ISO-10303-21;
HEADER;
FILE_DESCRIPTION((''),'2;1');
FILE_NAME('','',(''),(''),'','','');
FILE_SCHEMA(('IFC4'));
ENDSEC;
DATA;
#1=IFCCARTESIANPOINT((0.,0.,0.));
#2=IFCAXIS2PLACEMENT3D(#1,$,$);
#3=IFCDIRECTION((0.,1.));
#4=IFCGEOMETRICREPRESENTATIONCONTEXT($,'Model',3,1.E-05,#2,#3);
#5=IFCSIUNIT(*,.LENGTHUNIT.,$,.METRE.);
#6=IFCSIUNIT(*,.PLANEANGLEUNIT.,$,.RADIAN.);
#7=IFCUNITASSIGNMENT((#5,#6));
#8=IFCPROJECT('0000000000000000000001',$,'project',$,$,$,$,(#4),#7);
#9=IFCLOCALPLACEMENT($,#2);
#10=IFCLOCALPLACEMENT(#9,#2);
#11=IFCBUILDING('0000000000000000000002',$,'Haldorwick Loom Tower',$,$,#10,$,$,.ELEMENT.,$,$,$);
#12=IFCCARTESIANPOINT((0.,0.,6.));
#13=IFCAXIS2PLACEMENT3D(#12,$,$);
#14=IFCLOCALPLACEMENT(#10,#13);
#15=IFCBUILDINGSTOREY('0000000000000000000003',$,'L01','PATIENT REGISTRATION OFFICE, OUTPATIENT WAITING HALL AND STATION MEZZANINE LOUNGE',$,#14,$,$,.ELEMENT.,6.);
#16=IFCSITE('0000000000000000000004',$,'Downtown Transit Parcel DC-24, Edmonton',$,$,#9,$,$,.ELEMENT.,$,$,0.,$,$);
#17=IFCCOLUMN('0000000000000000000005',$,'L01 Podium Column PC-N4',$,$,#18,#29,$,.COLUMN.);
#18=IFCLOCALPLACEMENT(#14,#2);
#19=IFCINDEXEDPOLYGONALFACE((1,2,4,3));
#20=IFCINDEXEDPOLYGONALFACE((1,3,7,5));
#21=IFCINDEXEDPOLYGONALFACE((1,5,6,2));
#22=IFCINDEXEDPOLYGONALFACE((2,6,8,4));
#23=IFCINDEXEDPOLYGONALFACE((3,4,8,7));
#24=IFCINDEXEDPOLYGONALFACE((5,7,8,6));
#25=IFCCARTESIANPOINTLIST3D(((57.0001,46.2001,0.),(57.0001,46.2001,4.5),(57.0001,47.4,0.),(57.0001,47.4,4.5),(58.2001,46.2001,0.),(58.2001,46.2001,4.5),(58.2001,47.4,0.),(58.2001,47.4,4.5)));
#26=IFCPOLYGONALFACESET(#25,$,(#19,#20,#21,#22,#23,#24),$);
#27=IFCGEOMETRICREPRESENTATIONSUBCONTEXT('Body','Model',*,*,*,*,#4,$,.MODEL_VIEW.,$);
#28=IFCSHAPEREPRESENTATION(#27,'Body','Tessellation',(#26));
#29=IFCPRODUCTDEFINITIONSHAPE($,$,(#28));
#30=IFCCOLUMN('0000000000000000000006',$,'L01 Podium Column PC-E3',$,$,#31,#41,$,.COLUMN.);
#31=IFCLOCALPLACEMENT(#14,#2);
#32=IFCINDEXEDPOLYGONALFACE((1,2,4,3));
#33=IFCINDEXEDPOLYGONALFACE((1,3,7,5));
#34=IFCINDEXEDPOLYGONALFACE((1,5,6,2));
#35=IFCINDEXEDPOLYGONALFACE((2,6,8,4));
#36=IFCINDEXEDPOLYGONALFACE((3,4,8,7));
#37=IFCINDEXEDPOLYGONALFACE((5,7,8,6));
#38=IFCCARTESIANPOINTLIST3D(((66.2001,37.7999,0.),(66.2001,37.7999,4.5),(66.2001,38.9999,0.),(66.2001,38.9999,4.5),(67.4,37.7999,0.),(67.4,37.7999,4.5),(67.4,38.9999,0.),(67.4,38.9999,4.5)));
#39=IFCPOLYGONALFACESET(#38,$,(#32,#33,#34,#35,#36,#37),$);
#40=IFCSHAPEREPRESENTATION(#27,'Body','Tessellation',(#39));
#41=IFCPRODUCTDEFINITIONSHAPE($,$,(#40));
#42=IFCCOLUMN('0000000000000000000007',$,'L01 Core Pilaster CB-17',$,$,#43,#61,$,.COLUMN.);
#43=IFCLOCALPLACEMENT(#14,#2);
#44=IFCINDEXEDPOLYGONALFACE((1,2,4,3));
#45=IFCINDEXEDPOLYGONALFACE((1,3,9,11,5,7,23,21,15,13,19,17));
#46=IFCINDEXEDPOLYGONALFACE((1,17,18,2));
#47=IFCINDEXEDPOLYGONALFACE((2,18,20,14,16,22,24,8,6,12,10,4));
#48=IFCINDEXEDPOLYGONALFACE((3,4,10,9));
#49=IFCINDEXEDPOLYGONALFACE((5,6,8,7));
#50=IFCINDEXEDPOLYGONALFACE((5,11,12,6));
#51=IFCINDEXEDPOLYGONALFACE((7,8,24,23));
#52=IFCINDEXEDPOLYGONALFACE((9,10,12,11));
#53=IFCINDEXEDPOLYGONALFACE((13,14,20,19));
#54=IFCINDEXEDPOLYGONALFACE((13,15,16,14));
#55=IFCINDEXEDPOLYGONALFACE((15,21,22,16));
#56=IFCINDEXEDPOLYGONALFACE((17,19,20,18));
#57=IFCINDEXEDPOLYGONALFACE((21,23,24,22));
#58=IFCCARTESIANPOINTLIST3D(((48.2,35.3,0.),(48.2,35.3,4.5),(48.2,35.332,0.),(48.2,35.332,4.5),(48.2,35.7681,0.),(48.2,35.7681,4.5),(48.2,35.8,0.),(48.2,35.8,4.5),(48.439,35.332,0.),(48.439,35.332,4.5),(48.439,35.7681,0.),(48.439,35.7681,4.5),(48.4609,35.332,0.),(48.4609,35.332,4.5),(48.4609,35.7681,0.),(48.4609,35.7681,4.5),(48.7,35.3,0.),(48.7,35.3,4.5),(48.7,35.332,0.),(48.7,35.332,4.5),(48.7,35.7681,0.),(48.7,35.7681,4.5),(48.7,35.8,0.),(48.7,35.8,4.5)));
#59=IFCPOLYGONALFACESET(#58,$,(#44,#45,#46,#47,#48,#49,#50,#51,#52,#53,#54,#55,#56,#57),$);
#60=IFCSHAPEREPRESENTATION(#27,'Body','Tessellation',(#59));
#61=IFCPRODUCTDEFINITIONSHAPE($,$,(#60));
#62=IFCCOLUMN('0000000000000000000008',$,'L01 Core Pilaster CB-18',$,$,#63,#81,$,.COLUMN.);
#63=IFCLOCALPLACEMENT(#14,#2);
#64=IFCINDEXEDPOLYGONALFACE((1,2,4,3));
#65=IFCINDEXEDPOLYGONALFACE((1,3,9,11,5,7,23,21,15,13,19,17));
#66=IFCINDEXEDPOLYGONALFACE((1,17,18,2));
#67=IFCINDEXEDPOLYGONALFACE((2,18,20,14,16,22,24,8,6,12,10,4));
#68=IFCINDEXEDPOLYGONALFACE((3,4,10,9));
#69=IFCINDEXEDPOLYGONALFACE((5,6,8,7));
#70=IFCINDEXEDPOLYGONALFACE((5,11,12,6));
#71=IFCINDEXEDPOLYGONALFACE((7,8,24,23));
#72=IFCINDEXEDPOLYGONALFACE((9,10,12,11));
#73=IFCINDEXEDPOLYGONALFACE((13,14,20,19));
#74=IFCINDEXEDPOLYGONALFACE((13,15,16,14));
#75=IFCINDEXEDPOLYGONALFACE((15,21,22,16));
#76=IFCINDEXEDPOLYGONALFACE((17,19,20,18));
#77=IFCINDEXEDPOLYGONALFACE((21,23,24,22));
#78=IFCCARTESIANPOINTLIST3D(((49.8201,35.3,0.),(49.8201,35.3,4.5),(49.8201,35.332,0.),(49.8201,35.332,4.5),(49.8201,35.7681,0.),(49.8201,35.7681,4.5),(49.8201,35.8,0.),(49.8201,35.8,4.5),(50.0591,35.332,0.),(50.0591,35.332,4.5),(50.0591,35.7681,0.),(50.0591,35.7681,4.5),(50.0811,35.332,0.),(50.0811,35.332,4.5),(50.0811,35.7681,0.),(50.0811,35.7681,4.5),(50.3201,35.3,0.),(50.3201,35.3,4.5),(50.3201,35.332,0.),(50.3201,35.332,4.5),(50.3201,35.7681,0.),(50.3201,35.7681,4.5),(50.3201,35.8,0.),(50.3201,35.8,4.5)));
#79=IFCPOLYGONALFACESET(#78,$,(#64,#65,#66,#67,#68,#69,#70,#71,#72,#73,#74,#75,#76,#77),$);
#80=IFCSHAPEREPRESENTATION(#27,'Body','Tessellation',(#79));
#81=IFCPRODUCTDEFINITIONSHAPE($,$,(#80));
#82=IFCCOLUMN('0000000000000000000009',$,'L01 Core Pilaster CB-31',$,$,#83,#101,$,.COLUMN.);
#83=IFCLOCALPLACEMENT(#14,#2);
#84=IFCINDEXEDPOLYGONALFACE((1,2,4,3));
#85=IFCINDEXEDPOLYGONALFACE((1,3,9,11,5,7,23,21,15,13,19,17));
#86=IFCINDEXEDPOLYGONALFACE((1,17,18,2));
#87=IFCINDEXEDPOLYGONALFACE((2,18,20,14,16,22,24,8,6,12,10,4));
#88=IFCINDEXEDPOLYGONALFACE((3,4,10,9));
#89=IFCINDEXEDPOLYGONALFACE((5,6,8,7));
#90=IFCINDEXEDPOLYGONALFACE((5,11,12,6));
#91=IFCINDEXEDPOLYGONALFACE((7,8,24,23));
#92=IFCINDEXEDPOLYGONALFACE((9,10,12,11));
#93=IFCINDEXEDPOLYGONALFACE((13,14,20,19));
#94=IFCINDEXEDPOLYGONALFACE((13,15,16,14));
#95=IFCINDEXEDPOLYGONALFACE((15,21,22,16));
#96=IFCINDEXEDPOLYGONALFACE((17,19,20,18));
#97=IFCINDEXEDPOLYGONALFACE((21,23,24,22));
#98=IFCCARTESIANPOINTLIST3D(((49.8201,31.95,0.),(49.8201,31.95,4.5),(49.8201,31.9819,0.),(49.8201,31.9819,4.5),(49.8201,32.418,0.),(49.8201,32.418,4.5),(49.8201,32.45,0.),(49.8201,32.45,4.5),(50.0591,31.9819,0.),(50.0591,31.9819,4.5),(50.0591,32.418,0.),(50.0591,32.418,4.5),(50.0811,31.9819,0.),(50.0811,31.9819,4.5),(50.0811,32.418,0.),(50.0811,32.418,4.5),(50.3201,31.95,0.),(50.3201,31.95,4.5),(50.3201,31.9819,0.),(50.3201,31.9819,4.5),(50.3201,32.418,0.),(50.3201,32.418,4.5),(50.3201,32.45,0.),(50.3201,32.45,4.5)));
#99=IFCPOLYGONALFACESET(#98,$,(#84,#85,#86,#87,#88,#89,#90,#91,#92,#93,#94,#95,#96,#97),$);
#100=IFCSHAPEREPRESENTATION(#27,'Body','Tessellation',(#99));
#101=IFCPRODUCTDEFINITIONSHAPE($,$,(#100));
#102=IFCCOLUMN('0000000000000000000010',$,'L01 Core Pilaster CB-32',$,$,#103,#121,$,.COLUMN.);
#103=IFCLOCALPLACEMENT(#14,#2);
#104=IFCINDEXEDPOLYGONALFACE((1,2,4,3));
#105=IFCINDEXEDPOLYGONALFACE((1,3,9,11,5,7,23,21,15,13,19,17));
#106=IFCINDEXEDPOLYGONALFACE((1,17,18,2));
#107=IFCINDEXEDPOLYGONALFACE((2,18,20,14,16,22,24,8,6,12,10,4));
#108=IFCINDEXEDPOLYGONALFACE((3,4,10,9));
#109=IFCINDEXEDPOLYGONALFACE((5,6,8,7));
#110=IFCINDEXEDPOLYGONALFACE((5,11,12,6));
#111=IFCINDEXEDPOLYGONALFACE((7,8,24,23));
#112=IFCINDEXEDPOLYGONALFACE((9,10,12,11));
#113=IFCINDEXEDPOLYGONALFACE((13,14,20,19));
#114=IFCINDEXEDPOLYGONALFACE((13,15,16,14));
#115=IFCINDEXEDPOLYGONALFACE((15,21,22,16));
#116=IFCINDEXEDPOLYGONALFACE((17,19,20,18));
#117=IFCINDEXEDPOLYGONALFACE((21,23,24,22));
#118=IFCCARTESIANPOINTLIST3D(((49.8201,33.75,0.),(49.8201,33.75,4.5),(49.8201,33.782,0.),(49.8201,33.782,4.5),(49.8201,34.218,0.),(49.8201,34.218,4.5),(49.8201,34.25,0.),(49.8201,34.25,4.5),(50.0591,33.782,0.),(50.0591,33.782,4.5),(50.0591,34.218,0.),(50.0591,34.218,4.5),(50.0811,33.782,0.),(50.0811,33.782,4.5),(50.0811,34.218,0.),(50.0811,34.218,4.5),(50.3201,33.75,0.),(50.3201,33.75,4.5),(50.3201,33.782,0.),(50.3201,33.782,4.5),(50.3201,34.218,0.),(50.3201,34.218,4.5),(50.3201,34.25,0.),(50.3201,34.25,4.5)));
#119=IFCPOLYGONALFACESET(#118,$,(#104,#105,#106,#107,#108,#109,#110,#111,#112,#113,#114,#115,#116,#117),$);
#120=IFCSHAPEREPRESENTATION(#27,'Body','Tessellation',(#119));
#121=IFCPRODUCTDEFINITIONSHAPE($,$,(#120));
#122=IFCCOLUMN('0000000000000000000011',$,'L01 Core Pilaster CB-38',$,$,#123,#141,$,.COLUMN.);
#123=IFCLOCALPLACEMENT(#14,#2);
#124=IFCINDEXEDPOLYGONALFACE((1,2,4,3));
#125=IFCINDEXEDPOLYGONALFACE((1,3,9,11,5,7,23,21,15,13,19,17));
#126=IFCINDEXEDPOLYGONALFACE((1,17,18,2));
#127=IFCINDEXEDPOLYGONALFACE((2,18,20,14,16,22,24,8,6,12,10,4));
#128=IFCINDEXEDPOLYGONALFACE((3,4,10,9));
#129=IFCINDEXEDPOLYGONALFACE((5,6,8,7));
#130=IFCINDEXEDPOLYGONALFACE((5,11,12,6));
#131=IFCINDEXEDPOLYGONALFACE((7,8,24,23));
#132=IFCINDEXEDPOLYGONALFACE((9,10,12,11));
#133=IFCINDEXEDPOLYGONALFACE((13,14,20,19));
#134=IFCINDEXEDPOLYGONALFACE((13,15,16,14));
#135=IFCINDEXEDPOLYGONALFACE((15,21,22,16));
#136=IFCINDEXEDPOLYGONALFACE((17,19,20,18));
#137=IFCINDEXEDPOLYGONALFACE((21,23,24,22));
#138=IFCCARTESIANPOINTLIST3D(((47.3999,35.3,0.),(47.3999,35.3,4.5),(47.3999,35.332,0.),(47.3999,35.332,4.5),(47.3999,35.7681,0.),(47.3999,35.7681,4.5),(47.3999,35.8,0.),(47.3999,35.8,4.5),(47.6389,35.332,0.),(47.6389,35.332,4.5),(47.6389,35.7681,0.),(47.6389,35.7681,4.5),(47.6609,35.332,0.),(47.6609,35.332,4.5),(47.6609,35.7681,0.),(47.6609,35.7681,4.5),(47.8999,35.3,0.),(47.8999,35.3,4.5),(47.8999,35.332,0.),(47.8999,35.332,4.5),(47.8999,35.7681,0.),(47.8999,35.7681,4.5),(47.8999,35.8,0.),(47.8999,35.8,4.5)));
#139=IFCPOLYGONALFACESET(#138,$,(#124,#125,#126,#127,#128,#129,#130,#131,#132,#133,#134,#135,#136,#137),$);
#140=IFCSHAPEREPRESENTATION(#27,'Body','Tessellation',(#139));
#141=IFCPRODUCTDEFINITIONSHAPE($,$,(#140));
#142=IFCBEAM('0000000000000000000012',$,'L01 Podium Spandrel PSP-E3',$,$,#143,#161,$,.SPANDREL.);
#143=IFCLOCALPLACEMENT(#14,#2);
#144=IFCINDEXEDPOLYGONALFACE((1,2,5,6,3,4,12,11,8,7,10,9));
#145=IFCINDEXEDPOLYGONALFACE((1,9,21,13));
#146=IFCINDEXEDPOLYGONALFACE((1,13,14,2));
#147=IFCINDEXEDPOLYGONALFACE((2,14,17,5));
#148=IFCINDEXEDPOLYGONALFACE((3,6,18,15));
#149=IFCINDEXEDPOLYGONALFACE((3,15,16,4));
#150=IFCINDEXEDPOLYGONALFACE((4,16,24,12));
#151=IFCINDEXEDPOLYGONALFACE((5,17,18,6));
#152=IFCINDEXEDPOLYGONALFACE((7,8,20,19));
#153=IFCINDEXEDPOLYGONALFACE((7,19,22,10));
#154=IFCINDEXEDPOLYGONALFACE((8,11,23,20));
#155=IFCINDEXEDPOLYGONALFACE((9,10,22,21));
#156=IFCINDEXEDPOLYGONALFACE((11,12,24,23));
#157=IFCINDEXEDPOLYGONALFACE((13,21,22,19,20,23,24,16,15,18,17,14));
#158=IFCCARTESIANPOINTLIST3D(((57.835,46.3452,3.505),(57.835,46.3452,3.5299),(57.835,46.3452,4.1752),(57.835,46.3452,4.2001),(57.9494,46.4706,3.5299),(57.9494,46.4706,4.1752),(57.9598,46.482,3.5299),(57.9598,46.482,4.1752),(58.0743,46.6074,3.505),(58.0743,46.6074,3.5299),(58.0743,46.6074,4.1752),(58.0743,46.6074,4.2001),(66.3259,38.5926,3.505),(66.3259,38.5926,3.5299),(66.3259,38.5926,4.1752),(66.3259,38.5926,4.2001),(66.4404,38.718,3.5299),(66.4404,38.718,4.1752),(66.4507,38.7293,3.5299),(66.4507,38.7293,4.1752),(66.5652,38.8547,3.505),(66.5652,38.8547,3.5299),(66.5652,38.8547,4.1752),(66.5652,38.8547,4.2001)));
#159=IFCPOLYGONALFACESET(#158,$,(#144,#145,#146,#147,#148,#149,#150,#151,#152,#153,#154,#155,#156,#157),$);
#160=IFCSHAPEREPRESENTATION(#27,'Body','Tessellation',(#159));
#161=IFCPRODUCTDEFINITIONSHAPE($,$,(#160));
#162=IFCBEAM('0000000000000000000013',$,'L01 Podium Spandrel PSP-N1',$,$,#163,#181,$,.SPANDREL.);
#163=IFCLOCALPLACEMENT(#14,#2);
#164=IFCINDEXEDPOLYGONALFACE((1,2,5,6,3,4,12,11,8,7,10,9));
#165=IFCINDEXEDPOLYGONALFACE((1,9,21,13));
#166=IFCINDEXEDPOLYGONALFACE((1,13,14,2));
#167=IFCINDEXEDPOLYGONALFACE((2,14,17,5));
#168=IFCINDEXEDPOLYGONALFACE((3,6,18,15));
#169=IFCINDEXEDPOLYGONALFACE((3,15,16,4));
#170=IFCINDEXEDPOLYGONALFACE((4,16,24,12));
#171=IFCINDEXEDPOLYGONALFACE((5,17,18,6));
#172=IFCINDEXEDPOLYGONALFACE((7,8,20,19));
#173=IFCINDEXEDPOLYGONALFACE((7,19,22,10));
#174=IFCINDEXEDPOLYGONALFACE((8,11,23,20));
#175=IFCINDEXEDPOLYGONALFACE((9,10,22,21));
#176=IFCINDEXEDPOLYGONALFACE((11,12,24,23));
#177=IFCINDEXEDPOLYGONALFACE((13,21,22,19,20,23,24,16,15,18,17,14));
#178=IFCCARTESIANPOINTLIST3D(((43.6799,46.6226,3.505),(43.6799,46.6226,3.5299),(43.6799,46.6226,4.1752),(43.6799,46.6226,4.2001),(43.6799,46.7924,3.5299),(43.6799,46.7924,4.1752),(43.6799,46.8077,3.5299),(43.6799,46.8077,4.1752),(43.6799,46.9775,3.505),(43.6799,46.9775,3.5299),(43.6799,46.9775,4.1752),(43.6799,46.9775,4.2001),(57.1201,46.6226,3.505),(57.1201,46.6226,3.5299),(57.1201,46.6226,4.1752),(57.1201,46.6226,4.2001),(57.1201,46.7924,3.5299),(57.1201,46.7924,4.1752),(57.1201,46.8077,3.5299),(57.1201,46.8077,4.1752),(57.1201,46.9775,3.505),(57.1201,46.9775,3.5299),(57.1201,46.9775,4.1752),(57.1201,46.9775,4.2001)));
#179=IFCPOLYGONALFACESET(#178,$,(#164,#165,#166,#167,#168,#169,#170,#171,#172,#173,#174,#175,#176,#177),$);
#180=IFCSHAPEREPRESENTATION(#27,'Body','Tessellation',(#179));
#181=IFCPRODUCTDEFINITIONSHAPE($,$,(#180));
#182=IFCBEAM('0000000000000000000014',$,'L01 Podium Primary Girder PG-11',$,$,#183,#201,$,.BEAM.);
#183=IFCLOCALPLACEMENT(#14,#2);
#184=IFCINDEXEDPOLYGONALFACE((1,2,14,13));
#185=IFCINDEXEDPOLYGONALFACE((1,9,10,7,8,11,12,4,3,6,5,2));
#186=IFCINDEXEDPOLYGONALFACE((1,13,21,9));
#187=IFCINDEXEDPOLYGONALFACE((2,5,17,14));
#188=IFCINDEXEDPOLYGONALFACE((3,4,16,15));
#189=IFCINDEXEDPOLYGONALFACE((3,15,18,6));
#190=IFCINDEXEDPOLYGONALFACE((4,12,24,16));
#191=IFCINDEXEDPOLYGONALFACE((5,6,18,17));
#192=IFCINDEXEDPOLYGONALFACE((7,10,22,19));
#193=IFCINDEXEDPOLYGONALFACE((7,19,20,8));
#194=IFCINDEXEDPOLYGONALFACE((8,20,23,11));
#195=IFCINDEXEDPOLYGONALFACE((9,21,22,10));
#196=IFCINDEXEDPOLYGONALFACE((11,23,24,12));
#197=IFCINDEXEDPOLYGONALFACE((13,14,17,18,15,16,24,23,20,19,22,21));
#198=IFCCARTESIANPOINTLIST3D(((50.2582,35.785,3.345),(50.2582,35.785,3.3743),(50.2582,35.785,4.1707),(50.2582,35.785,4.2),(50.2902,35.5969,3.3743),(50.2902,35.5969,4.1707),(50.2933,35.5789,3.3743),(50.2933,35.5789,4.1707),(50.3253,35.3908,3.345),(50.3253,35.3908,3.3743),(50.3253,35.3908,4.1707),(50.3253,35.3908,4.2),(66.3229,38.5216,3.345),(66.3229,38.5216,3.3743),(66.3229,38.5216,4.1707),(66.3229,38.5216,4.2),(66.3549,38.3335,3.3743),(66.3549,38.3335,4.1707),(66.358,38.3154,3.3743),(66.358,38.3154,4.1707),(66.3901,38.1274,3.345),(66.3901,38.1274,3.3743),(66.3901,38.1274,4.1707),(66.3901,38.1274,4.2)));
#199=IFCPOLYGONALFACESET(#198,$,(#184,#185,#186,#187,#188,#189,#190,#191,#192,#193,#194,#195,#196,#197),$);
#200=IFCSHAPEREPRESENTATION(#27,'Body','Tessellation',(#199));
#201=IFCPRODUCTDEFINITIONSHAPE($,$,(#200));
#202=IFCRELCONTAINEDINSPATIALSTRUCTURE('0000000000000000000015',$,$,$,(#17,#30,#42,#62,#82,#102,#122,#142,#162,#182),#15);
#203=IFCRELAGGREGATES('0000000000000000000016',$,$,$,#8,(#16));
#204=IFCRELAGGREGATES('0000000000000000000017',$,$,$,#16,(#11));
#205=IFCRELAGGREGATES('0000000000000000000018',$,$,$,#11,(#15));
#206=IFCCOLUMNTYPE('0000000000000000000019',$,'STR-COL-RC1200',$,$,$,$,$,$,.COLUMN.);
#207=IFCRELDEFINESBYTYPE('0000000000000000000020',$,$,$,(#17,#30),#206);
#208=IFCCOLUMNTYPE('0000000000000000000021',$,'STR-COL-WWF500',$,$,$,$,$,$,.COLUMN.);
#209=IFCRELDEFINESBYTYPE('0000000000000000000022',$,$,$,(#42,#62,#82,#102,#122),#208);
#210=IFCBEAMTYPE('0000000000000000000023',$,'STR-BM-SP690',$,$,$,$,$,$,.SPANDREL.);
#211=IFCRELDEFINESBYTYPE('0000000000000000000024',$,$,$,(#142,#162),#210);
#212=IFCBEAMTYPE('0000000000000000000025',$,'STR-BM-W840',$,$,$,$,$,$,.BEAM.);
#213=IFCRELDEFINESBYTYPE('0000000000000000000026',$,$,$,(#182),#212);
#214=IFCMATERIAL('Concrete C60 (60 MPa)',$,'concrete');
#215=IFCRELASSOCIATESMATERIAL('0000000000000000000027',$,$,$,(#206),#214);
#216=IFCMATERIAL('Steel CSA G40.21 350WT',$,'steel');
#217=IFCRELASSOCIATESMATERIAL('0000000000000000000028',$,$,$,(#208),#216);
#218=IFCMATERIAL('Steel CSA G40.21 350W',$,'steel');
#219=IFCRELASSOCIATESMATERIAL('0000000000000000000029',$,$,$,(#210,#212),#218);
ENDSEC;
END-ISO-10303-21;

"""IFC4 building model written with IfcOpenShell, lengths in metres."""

from ifc_helpers import new_model, si_unit, direction, frame, origin, origin_2d, place, context, subcontext, project, spatial, rectangle, i_section, extrude, material, material_profile, profile_set, type_object, element, save


model = new_model("IFC4")

# Units and contexts
model_context = context("Model", 3, precision=1e-05, world=origin(), true_north=direction((0.0, 1.0)))
body_context = subcontext(model_context, "Body", "Model", "MODEL_VIEW")
ifc_project = project(units=[si_unit("LENGTHUNIT", "METRE"), si_unit("PLANEANGLEUNIT", "RADIAN")], contexts=[model_context])

# Site, building, storey
site_placement = place(None, origin())
site = spatial("IfcSite", under=ifc_project, at=site_placement, Name="Downtown Transit Parcel DC-24, Edmonton", CompositionType="ELEMENT", RefElevation=0.0)
building_placement = place(site_placement, origin())
building = spatial("IfcBuilding", under=site, at=building_placement, Name="Haldorwick Loom Tower", CompositionType="ELEMENT")
storey_placement = place(building_placement, frame((0.0, 0.0, 6.0)))
storey = spatial("IfcBuildingStorey", under=building, at=storey_placement, Name="L01", Description="PATIENT REGISTRATION OFFICE, OUTPATIENT WAITING HALL AND STATION MEZZANINE LOUNGE", CompositionType="ELEMENT", Elevation=6.0)

# Columns
ifc_material_1 = material(Name="Concrete C60 (60 MPa)", Category="concrete")
ifc_material_profile_1 = material_profile(ifc_material_1, rectangle(XDim=1.2, YDim=1.2, at=origin_2d()), Name="RC1200X1200", Category="concrete")
ifc_profile_set_1 = profile_set([ifc_material_profile_1], Name="Concrete C60 (60 MPa)")
column_type_1 = type_object("IfcColumnType", Name="STR-COL-RC1200", PredefinedType="COLUMN", material=ifc_profile_set_1)
for number, where, z_axis, x_axis, name in (
    (1, (57.6001, 46.8, 0.0), (0.0, 0.0, 1.0), (1.0, 0.0, 0.0), "L01 Podium Column PC-N4"),
    (2, (66.8, 38.3999, 0.0), (0.0, 0.0, 1.0), (1.0, 0.0, 0.0), "L01 Podium Column PC-E3"),
):
    element("IfcColumn", number, at=place(storey_placement, frame(where, z_axis=z_axis, x_axis=x_axis)), inside=storey, type_object=column_type_1, Name=name, PredefinedType="COLUMN", context=body_context, shape_type="SweptSolid", body=[
        extrude(rectangle(XDim=1.2, YDim=1.2, at=origin_2d()), origin(), (0.0, 0.0, 1.0), 4.5),
    ])
ifc_material_2 = material(Name="Steel CSA G40.21 350WT", Category="steel")
ifc_material_profile_2 = material_profile(ifc_material_2, i_section(OverallWidth=0.5, OverallDepth=0.5, WebThickness=0.022, FlangeThickness=0.032, at=origin_2d()), Name="WWF500X500", Category="steel")
ifc_profile_set_2 = profile_set([ifc_material_profile_2], Name="Steel CSA G40.21 350WT")
column_type_2 = type_object("IfcColumnType", Name="STR-COL-WWF500", PredefinedType="COLUMN", material=ifc_profile_set_2)
for number, where, z_axis, x_axis, name in (
    (3, (48.45, 35.55, 0.0), (0.0, 0.0, 1.0), (1.0, 0.0, 0.0), "L01 Core Pilaster CB-17"),
    (4, (50.0701, 35.55, 0.0), (0.0, 0.0, 1.0), (1.0, 0.0, 0.0), "L01 Core Pilaster CB-18"),
    (5, (50.0701, 32.2, 0.0), (0.0, 0.0, 1.0), (1.0, 0.0, 0.0), "L01 Core Pilaster CB-31"),
    (6, (50.0701, 34.0, 0.0), (0.0, 0.0, 1.0), (1.0, 0.0, 0.0), "L01 Core Pilaster CB-32"),
    (7, (47.6499, 35.55, 0.0), (0.0, 0.0, 1.0), (1.0, 0.0, 0.0), "L01 Core Pilaster CB-38"),
):
    element("IfcColumn", number, at=place(storey_placement, frame(where, z_axis=z_axis, x_axis=x_axis)), inside=storey, type_object=column_type_2, Name=name, PredefinedType="COLUMN", context=body_context, shape_type="SweptSolid", body=[
        extrude(i_section(OverallWidth=0.5, OverallDepth=0.5, WebThickness=0.022, FlangeThickness=0.032, at=origin_2d()), origin(), (0.0, 0.0, 1.0), 4.5),
    ])

# Beams
ifc_material_3 = material(Name="Steel CSA G40.21 350W", Category="steel")
ifc_material_profile_3 = material_profile(ifc_material_3, i_section(OverallWidth=0.355, OverallDepth=0.6951, WebThickness=0.0154, FlangeThickness=0.0249, at=origin_2d()), Name="W690X217", Category="steel")
ifc_profile_set_3 = profile_set([ifc_material_profile_3], Name="Steel CSA G40.21 350W")
beam_type_1 = type_object("IfcBeamType", Name="STR-BM-SP690", PredefinedType="SPANDREL", material=ifc_profile_set_3)
beam_1_placement = place(storey_placement, frame((66.4456, 38.7236, 3.8525), z_axis=(-0.738483, 0.674272, 0.0), x_axis=(-0.674272, -0.738483, 0.0)))
element("IfcBeam", 8, at=beam_1_placement, inside=storey, type_object=beam_type_1, Name="L01 Podium Spandrel PSP-E3", PredefinedType="SPANDREL", context=body_context, shape_type="SweptSolid", body=[
    extrude(i_section(OverallWidth=0.355, OverallDepth=0.6951, WebThickness=0.0154, FlangeThickness=0.0249, at=origin_2d()), origin(), (0.0, 0.0, 1.0), 11.4978),
])
beam_2_placement = place(storey_placement, frame((57.1201, 46.8, 3.8525), z_axis=(-1.0, 0.0, 0.0), x_axis=(0.0, -1.0, 0.0)))
element("IfcBeam", 9, at=beam_2_placement, inside=storey, type_object=beam_type_1, Name="L01 Podium Spandrel PSP-N1", PredefinedType="SPANDREL", context=body_context, shape_type="SweptSolid", body=[
    extrude(i_section(OverallWidth=0.355, OverallDepth=0.6951, WebThickness=0.0154, FlangeThickness=0.0249, at=origin_2d()), origin(), (0.0, 0.0, 1.0), 13.4402),
])
ifc_material_profile_4 = material_profile(ifc_material_3, i_section(OverallWidth=0.3999, OverallDepth=0.855, WebThickness=0.0183, FlangeThickness=0.0293, at=origin_2d()), Name="W840X299", Category="steel")
ifc_profile_set_4 = profile_set([ifc_material_profile_4], Name="Steel CSA G40.21 350W")
beam_type_2 = type_object("IfcBeamType", Name="STR-BM-W840", PredefinedType="BEAM", material=ifc_profile_set_4)
beam_3_placement = place(storey_placement, frame((50.2917, 35.5879, 3.7725), z_axis=(0.985799, 0.167928, 0.0), x_axis=(-0.167928, 0.985799, 0.0)))
element("IfcBeam", 10, at=beam_3_placement, inside=storey, type_object=beam_type_2, Name="L01 Podium Primary Girder PG-11", PredefinedType="BEAM", context=body_context, shape_type="SweptSolid", body=[
    extrude(i_section(OverallWidth=0.3999, OverallDepth=0.855, WebThickness=0.0183, FlangeThickness=0.0293, at=origin_2d()), origin(), (0.0, 0.0, 1.0), 16.2961),
])

save(model, "model.ifc")
